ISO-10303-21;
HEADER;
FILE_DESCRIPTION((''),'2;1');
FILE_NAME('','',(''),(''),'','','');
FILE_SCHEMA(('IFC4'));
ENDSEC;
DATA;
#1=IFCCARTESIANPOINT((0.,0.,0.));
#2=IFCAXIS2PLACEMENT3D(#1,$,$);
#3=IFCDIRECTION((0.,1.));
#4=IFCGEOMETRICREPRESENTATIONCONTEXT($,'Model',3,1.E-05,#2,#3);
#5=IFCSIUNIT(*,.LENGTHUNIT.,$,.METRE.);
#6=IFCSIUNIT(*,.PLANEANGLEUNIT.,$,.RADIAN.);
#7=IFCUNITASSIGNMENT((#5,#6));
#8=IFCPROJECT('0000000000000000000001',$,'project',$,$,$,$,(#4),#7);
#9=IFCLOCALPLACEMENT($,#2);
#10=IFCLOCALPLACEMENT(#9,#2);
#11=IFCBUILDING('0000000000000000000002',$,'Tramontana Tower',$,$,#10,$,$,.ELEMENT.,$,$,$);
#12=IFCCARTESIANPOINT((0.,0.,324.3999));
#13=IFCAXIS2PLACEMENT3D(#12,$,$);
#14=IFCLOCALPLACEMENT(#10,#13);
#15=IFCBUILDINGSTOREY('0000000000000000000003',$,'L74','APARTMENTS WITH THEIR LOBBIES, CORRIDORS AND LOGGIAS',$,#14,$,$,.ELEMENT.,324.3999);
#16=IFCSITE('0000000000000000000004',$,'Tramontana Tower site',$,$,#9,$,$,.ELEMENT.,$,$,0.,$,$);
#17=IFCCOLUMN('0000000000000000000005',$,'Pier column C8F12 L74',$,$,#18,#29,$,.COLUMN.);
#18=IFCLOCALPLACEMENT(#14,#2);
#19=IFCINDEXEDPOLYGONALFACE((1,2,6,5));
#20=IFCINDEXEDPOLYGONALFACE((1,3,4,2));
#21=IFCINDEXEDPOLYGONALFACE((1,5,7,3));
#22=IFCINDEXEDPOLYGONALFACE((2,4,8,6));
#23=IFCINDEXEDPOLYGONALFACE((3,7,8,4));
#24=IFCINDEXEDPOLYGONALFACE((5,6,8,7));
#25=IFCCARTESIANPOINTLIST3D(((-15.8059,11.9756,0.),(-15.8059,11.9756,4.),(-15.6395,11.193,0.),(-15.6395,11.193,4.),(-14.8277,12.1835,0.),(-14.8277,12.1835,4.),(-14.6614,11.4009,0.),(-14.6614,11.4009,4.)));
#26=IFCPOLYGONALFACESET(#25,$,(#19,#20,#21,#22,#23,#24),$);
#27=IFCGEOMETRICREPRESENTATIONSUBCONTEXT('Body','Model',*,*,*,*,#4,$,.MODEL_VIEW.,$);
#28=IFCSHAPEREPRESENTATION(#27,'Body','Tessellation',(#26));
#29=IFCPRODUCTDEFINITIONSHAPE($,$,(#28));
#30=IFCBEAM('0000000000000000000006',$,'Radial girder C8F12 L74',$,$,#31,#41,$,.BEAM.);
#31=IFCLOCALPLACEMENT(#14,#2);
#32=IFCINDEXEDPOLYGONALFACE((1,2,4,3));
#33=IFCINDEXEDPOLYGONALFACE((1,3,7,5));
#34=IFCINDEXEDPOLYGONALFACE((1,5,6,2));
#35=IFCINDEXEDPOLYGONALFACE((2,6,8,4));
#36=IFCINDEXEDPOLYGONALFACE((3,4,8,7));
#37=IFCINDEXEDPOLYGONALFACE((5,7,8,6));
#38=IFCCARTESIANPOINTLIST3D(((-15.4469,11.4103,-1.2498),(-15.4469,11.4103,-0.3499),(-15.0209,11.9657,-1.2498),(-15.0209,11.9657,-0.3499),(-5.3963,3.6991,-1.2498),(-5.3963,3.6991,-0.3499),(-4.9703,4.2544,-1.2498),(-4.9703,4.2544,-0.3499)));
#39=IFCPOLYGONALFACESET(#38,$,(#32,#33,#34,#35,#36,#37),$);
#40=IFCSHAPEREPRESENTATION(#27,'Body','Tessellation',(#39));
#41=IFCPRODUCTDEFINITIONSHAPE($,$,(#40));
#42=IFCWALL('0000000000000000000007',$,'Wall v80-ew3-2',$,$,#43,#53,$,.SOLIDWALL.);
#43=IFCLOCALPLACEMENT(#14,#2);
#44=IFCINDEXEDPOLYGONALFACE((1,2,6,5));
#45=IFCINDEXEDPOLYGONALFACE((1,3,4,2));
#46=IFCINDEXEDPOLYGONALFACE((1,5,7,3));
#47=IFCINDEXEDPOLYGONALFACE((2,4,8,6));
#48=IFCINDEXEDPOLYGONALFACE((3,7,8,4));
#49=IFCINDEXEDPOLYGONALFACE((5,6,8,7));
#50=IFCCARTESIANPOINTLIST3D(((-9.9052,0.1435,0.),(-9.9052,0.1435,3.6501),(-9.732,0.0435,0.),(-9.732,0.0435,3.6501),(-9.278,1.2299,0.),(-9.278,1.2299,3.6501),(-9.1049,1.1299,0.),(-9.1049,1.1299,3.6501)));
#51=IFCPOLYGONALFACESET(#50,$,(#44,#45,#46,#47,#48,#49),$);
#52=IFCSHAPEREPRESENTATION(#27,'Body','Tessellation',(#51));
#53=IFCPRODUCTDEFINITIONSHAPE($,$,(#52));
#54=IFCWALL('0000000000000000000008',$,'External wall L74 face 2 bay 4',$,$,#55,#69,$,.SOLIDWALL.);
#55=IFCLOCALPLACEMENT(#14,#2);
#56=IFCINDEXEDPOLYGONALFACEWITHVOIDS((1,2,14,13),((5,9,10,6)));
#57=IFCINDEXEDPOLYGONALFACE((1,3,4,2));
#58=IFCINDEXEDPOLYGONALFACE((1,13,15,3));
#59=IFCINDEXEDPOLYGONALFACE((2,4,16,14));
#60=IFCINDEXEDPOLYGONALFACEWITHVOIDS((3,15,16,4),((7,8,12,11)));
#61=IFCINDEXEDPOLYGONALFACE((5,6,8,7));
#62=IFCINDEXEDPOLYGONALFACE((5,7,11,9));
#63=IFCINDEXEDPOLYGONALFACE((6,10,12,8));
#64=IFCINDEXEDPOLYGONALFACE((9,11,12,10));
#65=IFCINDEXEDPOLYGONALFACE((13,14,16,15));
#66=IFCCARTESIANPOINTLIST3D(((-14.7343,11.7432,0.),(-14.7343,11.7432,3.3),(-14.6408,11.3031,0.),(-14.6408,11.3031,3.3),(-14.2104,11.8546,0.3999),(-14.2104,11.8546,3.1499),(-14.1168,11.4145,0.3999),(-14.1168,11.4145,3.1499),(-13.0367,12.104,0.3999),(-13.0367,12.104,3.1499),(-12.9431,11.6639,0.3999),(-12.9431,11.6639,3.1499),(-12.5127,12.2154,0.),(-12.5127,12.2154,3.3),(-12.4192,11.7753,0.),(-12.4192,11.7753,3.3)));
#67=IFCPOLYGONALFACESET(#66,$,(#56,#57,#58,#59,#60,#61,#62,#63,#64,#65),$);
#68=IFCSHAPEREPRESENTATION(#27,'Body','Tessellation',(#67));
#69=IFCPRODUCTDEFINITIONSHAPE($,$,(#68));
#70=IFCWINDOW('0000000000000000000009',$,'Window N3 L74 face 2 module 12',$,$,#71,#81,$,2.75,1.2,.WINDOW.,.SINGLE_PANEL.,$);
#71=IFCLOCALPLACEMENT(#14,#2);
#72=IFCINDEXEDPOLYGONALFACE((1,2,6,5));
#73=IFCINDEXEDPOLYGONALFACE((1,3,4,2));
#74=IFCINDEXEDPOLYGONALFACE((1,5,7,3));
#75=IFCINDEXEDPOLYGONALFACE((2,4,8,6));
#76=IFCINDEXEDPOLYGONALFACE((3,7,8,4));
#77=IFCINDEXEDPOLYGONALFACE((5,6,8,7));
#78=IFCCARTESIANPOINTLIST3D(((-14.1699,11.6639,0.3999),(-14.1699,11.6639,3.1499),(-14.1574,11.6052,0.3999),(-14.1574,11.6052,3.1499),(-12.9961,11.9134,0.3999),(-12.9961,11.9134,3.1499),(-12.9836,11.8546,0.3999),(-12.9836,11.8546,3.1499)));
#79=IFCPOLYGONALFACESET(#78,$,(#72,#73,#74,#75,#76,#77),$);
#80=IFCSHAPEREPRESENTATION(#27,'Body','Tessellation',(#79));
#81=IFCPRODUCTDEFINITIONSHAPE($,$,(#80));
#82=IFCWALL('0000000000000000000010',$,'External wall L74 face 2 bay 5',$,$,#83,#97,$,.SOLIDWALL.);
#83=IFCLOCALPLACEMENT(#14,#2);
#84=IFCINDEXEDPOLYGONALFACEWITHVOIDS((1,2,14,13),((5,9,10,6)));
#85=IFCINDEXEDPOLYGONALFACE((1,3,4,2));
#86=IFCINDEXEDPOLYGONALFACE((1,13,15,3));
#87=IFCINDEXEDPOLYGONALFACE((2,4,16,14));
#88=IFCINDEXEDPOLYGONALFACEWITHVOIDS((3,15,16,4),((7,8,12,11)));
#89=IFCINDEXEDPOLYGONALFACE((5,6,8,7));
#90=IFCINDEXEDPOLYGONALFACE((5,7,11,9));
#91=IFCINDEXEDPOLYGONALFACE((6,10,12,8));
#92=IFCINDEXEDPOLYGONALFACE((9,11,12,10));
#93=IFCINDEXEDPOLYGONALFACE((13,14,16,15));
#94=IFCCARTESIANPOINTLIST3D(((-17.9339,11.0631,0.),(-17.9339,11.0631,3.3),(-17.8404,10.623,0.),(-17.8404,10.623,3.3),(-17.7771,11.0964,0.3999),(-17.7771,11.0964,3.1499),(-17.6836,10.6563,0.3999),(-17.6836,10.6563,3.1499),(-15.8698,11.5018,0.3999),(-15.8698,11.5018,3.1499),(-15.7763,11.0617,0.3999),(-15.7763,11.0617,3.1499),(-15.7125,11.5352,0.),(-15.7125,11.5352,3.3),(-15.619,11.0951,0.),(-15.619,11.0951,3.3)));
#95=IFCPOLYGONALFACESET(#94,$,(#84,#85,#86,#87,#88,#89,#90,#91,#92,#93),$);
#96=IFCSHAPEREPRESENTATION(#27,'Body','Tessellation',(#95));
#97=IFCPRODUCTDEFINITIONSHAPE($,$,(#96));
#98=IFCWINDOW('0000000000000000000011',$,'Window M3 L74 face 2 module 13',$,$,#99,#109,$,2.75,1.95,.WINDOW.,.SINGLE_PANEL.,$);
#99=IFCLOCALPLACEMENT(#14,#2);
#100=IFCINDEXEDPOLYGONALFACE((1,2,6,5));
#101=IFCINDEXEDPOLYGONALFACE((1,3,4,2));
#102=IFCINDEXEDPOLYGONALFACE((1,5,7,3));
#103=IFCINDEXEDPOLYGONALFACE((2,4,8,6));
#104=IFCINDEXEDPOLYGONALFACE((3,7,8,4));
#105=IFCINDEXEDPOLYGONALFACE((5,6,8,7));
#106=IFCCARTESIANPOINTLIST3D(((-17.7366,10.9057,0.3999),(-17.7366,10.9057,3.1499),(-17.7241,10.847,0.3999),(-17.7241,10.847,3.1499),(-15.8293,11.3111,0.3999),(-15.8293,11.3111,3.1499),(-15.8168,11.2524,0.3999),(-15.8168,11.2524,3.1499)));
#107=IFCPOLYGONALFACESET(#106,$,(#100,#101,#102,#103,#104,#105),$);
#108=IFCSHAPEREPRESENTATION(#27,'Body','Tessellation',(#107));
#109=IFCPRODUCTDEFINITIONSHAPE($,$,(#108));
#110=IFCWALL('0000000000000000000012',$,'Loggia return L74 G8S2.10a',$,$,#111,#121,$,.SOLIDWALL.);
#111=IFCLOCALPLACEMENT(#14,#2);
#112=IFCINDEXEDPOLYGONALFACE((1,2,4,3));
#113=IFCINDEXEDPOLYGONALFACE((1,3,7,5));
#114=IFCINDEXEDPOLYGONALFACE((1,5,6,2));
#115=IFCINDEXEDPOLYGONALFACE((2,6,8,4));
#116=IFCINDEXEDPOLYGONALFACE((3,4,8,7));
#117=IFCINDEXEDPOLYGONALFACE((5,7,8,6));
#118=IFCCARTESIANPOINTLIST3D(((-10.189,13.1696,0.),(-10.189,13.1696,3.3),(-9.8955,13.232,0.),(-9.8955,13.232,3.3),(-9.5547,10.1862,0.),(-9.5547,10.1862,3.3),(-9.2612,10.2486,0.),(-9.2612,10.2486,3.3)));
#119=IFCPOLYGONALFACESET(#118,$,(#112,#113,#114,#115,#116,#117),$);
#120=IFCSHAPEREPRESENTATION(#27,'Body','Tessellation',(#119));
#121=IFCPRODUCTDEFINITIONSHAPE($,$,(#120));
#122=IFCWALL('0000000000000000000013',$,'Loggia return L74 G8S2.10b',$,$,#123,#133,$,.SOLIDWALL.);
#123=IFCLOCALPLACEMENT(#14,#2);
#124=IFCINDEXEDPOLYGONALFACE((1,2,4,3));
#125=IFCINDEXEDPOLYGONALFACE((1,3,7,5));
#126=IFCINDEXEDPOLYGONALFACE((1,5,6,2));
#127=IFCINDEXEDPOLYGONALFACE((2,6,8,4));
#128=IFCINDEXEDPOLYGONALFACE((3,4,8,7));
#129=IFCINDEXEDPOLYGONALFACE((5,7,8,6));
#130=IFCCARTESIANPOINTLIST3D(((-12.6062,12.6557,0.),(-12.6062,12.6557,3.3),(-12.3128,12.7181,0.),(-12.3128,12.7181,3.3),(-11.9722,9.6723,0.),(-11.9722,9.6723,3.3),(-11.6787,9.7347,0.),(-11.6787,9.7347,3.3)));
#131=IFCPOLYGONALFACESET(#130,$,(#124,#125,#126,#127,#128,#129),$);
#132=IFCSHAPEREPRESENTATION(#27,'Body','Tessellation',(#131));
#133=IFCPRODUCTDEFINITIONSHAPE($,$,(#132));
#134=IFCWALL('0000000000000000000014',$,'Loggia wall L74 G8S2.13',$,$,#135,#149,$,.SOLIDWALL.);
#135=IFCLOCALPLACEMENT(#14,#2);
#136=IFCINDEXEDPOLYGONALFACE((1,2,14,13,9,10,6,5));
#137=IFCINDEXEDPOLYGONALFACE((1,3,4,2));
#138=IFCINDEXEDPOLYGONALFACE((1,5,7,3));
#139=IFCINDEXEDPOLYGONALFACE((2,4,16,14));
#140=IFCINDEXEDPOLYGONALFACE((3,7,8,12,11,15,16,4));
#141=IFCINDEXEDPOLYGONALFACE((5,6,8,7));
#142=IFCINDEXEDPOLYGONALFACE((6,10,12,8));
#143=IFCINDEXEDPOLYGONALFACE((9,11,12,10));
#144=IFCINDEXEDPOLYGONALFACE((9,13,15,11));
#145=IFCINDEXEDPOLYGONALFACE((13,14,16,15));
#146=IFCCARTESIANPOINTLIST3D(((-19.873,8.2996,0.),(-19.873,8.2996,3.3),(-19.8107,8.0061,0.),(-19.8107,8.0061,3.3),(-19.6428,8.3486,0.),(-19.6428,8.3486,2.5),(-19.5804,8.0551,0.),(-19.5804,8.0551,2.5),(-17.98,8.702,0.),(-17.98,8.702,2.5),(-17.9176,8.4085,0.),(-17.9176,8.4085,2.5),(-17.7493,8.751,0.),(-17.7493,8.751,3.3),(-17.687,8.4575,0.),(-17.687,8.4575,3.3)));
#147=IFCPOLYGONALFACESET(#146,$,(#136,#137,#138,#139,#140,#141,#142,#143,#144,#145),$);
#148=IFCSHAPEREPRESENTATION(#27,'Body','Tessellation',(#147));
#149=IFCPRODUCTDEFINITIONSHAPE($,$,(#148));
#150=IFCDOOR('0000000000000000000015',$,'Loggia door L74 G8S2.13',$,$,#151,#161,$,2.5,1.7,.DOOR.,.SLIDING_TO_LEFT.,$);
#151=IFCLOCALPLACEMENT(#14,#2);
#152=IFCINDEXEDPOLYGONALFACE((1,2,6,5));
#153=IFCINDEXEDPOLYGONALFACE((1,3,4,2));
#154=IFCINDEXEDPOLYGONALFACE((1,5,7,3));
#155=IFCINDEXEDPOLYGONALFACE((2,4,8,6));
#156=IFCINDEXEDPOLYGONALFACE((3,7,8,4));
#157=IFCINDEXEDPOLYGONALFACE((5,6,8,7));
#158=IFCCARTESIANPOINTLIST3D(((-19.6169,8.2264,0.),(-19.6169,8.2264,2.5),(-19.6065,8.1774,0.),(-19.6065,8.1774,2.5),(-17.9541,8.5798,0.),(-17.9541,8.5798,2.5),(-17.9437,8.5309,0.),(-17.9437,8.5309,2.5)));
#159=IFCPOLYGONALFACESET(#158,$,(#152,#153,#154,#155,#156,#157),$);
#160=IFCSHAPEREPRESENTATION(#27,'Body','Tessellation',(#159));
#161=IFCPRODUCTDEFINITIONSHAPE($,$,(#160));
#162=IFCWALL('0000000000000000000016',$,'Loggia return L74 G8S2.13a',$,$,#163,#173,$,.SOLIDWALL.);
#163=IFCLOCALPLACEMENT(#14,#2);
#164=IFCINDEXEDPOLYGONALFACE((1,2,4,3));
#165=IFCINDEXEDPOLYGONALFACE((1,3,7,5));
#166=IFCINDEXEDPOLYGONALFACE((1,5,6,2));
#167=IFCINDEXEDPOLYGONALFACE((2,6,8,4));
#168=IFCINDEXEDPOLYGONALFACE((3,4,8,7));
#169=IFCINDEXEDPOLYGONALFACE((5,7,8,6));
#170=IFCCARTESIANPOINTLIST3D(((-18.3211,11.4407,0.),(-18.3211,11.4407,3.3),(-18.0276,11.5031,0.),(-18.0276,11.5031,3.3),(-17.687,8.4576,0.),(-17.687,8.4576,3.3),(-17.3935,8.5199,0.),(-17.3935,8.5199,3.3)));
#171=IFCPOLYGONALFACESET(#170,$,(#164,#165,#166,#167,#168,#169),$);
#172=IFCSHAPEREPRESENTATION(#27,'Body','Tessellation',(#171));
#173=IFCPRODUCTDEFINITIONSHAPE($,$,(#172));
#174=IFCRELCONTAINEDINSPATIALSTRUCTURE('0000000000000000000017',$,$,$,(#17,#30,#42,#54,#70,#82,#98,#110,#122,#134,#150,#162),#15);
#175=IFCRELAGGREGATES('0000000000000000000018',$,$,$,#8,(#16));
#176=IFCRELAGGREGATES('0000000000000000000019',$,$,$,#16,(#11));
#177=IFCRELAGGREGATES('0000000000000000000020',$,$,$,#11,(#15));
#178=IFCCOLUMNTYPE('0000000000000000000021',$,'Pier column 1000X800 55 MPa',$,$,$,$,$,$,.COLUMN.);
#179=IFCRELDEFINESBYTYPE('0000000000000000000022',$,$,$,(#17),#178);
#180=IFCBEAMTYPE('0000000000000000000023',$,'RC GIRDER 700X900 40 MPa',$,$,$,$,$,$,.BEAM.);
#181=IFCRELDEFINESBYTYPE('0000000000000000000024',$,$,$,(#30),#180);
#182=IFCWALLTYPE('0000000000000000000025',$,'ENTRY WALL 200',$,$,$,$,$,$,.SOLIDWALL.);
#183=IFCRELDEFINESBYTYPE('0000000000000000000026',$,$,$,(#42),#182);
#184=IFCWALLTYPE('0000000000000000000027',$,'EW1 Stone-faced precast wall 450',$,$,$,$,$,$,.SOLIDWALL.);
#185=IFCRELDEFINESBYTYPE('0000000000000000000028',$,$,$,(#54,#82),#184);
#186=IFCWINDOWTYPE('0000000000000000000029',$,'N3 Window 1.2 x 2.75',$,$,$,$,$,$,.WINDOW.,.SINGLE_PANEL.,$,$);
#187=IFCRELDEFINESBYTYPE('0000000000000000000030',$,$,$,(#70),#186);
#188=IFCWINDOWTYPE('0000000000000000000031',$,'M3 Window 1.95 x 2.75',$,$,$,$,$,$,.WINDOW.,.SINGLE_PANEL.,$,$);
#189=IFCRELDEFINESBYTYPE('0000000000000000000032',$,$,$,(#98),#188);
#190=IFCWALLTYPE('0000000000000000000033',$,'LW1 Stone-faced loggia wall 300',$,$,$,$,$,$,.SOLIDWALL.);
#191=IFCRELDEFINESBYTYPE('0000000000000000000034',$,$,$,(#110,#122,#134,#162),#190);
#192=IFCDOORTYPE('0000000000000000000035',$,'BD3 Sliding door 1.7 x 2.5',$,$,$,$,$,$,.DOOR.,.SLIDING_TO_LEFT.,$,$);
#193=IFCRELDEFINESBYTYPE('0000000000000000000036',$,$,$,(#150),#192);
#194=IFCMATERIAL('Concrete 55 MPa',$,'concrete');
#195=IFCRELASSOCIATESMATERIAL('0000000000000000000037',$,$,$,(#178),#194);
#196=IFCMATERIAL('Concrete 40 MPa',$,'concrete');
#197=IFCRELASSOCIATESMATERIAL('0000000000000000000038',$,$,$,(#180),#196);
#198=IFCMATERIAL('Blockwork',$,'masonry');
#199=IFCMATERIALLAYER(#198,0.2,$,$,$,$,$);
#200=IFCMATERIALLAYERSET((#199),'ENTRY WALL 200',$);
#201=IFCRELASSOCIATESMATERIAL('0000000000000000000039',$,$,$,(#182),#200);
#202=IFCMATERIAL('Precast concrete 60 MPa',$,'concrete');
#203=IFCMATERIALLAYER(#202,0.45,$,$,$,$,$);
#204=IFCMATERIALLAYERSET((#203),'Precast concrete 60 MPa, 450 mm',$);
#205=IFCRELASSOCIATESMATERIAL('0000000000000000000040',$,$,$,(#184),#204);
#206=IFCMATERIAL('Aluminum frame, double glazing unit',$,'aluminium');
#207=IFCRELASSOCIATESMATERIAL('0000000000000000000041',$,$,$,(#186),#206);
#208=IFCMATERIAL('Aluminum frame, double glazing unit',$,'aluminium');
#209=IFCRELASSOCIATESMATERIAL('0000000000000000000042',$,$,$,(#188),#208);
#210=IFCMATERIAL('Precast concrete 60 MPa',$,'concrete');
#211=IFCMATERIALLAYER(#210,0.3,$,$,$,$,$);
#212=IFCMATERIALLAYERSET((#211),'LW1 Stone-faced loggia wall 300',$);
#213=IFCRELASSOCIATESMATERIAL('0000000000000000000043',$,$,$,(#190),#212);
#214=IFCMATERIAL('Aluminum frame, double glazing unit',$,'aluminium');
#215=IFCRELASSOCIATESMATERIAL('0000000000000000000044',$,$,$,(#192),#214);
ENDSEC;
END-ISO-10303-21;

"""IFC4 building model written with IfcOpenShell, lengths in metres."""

from ifc_helpers import new_model, si_unit, direction, frame, frame_2d, origin, origin_2d, place, context, subcontext, project, spatial, rectangle, extrude, material, layer, layer_set, material_profile, profile_set, type_object, element, fill, save


model = new_model("IFC4")

# Units and contexts
model_context = context("Model", 3, precision=1e-05, world=origin(), true_north=direction((0.0, 1.0)))
body_context = subcontext(model_context, "Body", "Model", "MODEL_VIEW")
ifc_project = project(units=[si_unit("LENGTHUNIT", "METRE"), si_unit("PLANEANGLEUNIT", "RADIAN")], contexts=[model_context])

# Site, building, storey
site_placement = place(None, origin())
site = spatial("IfcSite", under=ifc_project, at=site_placement, Name="Tramontana Tower site", CompositionType="ELEMENT", RefElevation=0.0)
building_placement = place(site_placement, origin())
building = spatial("IfcBuilding", under=site, at=building_placement, Name="Tramontana Tower", CompositionType="ELEMENT")
storey_placement = place(building_placement, frame((0.0, 0.0, 324.3999)))
storey = spatial("IfcBuildingStorey", under=building, at=storey_placement, Name="L74", Description="APARTMENTS WITH THEIR LOBBIES, CORRIDORS AND LOGGIAS", CompositionType="ELEMENT", Elevation=324.3999)

# Column
ifc_material_1 = material(Name="Concrete 55 MPa", Category="concrete")
ifc_material_profile_1 = material_profile(ifc_material_1, rectangle(XDim=1.0, YDim=0.8, at=origin_2d()), Name="Pier column 1000X800 55 MPa")
ifc_profile_set_1 = profile_set([ifc_material_profile_1], Name="Concrete 55 MPa")
column_type = type_object("IfcColumnType", Name="Pier column 1000X800 55 MPa", PredefinedType="COLUMN", material=ifc_profile_set_1)
column_placement = place(storey_placement, frame((-15.2336, 11.6882, 0.0), z_axis=(0.0, 0.0, 1.0), x_axis=(-0.978148, -0.207912, 0.0)))
element("IfcColumn", 1, at=column_placement, inside=storey, type_object=column_type, Name="Pier column C8F12 L74", PredefinedType="COLUMN", context=body_context, shape_type="SweptSolid", body=[
    extrude(rectangle(XDim=1.0, YDim=0.8, at=origin_2d()), origin(), (0.0, 0.0, 1.0), 4.0),
])

# Beam
ifc_material_2 = material(Name="Concrete 40 MPa", Category="concrete")
ifc_material_profile_2 = material_profile(ifc_material_2, rectangle(XDim=0.7, YDim=0.8999, at=origin_2d()), Name="RC GIRDER 700X900 40 MPa")
ifc_profile_set_2 = profile_set([ifc_material_profile_2], Name="Concrete 40 MPa")
beam_type = type_object("IfcBeamType", Name="RC GIRDER 700X900 40 MPa", PredefinedType="BEAM", material=ifc_profile_set_2)
beam_placement = place(storey_placement, frame((-15.2339, 11.688, -0.7998), z_axis=(0.793386, -0.608718, 0.0), x_axis=(0.608718, 0.793386, 0.0)))
element("IfcBeam", 2, at=beam_placement, inside=storey, type_object=beam_type, Name="Radial girder C8F12 L74", PredefinedType="BEAM", context=body_context, shape_type="SweptSolid", body=[
    extrude(rectangle(XDim=0.7, YDim=0.8999, at=origin_2d()), origin(), (0.0, 0.0, 1.0), 12.668),
])

# Wall
ifc_material_3 = material(Name="Blockwork", Category="masonry")
ifc_layer_1 = layer(ifc_material_3, 0.2)
ifc_layer_set_1 = layer_set([ifc_layer_1], Name="ENTRY WALL 200")
wall_type_1 = type_object("IfcWallType", Name="ENTRY WALL 200", PredefinedType="SOLIDWALL", material=ifc_layer_set_1)
wall_1_placement = place(storey_placement, frame((-9.8186, 0.0935, 0.0), z_axis=(0.0, 0.0, 1.0), x_axis=(0.49997, 0.866043, 0.0)))
element("IfcWall", 3, at=wall_1_placement, inside=storey, type_object=wall_type_1, Name="Wall v80-ew3-2", PredefinedType="SOLIDWALL", context=body_context, shape_type="SweptSolid", body=[
    extrude(rectangle(XDim=1.2544, YDim=0.2, at=frame_2d((0.6272, 0.0))), origin(), (0.0, 0.0, 1.0), 3.6501),
])

# Walls, openings, windows
ifc_material_4 = material(Name="Precast concrete 60 MPa", Category="concrete")
ifc_layer_2 = layer(ifc_material_4, 0.45)
ifc_layer_set_2 = layer_set([ifc_layer_2], Name="Precast concrete 60 MPa, 450 mm")
wall_type_2 = type_object("IfcWallType", Name="EW1 Stone-faced precast wall 450", PredefinedType="SOLIDWALL", material=ifc_layer_set_2)
wall_2_placement = place(storey_placement, frame((-12.4658, 11.9954, 0.0), z_axis=(0.0, 0.0, 1.0), x_axis=(-0.978153, -0.207884, 0.0)))
wall_2 = element("IfcWall", 4, at=wall_2_placement, inside=storey, type_object=wall_type_2, Name="External wall L74 face 2 bay 4", PredefinedType="SOLIDWALL", context=body_context, shape_type="SweptSolid", body=[
    extrude(rectangle(XDim=2.2712, YDim=0.45, at=frame_2d((1.1357, 0.0))), origin(), (0.0, 0.0, 1.0), 3.3),
])
opening_1_placement = place(wall_2_placement, frame((0.5356, 0.0, 0.3999)))
opening_1 = element("IfcOpeningElement", 5, at=opening_1_placement, cuts=wall_2, PredefinedType="OPENING", context=body_context, shape_type="SweptSolid", body=[
    extrude(rectangle(XDim=1.2, YDim=2.75, at=frame_2d((0.6001, 1.375))), frame((0.0, 0.2349, 0.0), z_axis=(0.0, -1.0, 0.0), x_axis=(1.0, 0.0, 0.0)), (0.0, 0.0, 1.0), 0.47),
])
ifc_material_5 = material(Name="Aluminum frame, double glazing unit", Category="aluminium")
window_type_1 = type_object("IfcWindowType", Name="N3 Window 1.2 x 2.75", PartitioningType="SINGLE_PANEL", PredefinedType="WINDOW", material=ifc_material_5)
window_1_placement = place(opening_1_placement, origin())
window_1 = element("IfcWindow", 6, at=window_1_placement, inside=storey, type_object=window_type_1, Name="Window N3 L74 face 2 module 12", OverallHeight=2.75, OverallWidth=1.2, PartitioningType="SINGLE_PANEL", PredefinedType="WINDOW", context=body_context, shape_type="SweptSolid", body=[
    extrude(rectangle(XDim=1.2, YDim=2.75, at=frame_2d((0.6001, 1.375))), frame((0.0, 0.03, 0.0), z_axis=(0.0, -1.0, 0.0), x_axis=(1.0, 0.0, 0.0)), (0.0, 0.0, 1.0), 0.0601),
])
fill(opening_1, window_1)
wall_3_placement = place(storey_placement, frame((-15.6658, 11.3152, 0.0), z_axis=(0.0, 0.0, 1.0), x_axis=(-0.978149, -0.207906, 0.0)))
wall_3 = element("IfcWall", 7, at=wall_3_placement, inside=storey, type_object=wall_type_2, Name="External wall L74 face 2 bay 5", PredefinedType="SOLIDWALL", context=body_context, shape_type="SweptSolid", body=[
    extrude(rectangle(XDim=2.271, YDim=0.45, at=frame_2d((1.1355, 0.0))), origin(), (0.0, 0.0, 1.0), 3.3),
])
opening_2_placement = place(wall_3_placement, frame((0.1606, 0.0, 0.3999)))
opening_2 = element("IfcOpeningElement", 8, at=opening_2_placement, cuts=wall_3, PredefinedType="OPENING", context=body_context, shape_type="SweptSolid", body=[
    extrude(rectangle(XDim=1.95, YDim=2.75, at=frame_2d((0.9751, 1.375))), frame((0.0, 0.2349, 0.0), z_axis=(0.0, -1.0, 0.0), x_axis=(1.0, 0.0, 0.0)), (0.0, 0.0, 1.0), 0.47),
])
ifc_material_6 = material(Name="Aluminum frame, double glazing unit", Category="aluminium")
window_type_2 = type_object("IfcWindowType", Name="M3 Window 1.95 x 2.75", PartitioningType="SINGLE_PANEL", PredefinedType="WINDOW", material=ifc_material_6)
window_2_placement = place(opening_2_placement, origin())
window_2 = element("IfcWindow", 9, at=window_2_placement, inside=storey, type_object=window_type_2, Name="Window M3 L74 face 2 module 13", OverallHeight=2.75, OverallWidth=1.95, PartitioningType="SINGLE_PANEL", PredefinedType="WINDOW", context=body_context, shape_type="SweptSolid", body=[
    extrude(rectangle(XDim=1.95, YDim=2.75, at=frame_2d((0.9751, 1.375))), frame((0.0, 0.03, 0.0), z_axis=(0.0, -1.0, 0.0), x_axis=(1.0, 0.0, 0.0)), (0.0, 0.0, 1.0), 0.0601),
])
fill(opening_2, window_2)

# Walls
ifc_material_7 = material(Name="Precast concrete 60 MPa", Category="concrete")
ifc_layer_3 = layer(ifc_material_7, 0.3)
ifc_layer_set_3 = layer_set([ifc_layer_3], Name="LW1 Stone-faced loggia wall 300")
wall_type_3 = type_object("IfcWallType", Name="LW1 Stone-faced loggia wall 300", PredefinedType="SOLIDWALL", material=ifc_layer_set_3)
for number, where, z_axis, x_axis, name in (
    (10, (-10.0422, 13.2007, 0.0), (0.0, 0.0, 1.0), (0.207954, -0.978139, 0.0), "Loggia return L74 G8S2.10a"),
    (11, (-12.4595, 12.6868, 0.0), (0.0, 0.0, 1.0), (0.207878, -0.978155, 0.0), "Loggia return L74 G8S2.10b"),
):
    element("IfcWall", number, at=place(storey_placement, frame(where, z_axis=z_axis, x_axis=x_axis)), inside=storey, type_object=wall_type_3, Name=name, PredefinedType="SOLIDWALL", context=body_context, shape_type="SweptSolid", body=[
        extrude(rectangle(XDim=3.05, YDim=0.3, at=frame_2d((1.5249, 0.0))), origin(), (0.0, 0.0, 1.0), 3.3),
    ])

# Wall, opening, door
wall_4_placement = place(storey_placement, frame((-17.7183, 8.6042, 0.0), z_axis=(0.0, 0.0, 1.0), x_axis=(-0.978148, -0.207909, 0.0)))
wall_4 = element("IfcWall", 12, at=wall_4_placement, inside=storey, type_object=wall_type_3, Name="Loggia wall L74 G8S2.13", PredefinedType="SOLIDWALL", context=body_context, shape_type="SweptSolid", body=[
    extrude(rectangle(XDim=2.1711, YDim=0.3, at=frame_2d((1.0854, 0.0))), origin(), (0.0, 0.0, 1.0), 3.3),
])
opening_3_placement = place(wall_4_placement, frame((0.2356, 0.0, 0.0)))
opening_3 = element("IfcOpeningElement", 13, at=opening_3_placement, cuts=wall_4, PredefinedType="OPENING", context=body_context, shape_type="SweptSolid", body=[
    extrude(rectangle(XDim=1.7, YDim=2.5, at=frame_2d((0.8501, 1.25))), frame((0.0, 0.1599, 0.0), z_axis=(0.0, -1.0, 0.0), x_axis=(1.0, 0.0, 0.0)), (0.0, 0.0, 1.0), 0.3201),
])
ifc_material_8 = material(Name="Aluminum frame, double glazing unit", Category="aluminium")
door_type_1 = type_object("IfcDoorType", Name="BD3 Sliding door 1.7 x 2.5", OperationType="SLIDING_TO_LEFT", PredefinedType="DOOR", material=ifc_material_8)
door_1_placement = place(opening_3_placement, origin())
door_1 = element("IfcDoor", 14, at=door_1_placement, inside=storey, type_object=door_type_1, Name="Loggia door L74 G8S2.13", OperationType="SLIDING_TO_LEFT", OverallHeight=2.5, OverallWidth=1.7, PredefinedType="DOOR", context=body_context, shape_type="SweptSolid", body=[
    extrude(rectangle(XDim=1.7, YDim=2.5, at=frame_2d((0.8501, 1.25))), frame((0.0, 0.0249, 0.0), z_axis=(0.0, -1.0, 0.0), x_axis=(1.0, 0.0, 0.0)), (0.0, 0.0, 1.0), 0.05),
])
fill(opening_3, door_1)

# Wall
wall_5_placement = place(storey_placement, frame((-18.1743, 11.4719, 0.0), z_axis=(0.0, 0.0, 1.0), x_axis=(0.207894, -0.978151, 0.0)))
element("IfcWall", 15, at=wall_5_placement, inside=storey, type_object=wall_type_3, Name="Loggia return L74 G8S2.13a", PredefinedType="SOLIDWALL", context=body_context, shape_type="SweptSolid", body=[
    extrude(rectangle(XDim=3.0498, YDim=0.3, at=frame_2d((1.5249, 0.0))), origin(), (0.0, 0.0, 1.0), 3.3),
])

save(model, "model.ifc")
